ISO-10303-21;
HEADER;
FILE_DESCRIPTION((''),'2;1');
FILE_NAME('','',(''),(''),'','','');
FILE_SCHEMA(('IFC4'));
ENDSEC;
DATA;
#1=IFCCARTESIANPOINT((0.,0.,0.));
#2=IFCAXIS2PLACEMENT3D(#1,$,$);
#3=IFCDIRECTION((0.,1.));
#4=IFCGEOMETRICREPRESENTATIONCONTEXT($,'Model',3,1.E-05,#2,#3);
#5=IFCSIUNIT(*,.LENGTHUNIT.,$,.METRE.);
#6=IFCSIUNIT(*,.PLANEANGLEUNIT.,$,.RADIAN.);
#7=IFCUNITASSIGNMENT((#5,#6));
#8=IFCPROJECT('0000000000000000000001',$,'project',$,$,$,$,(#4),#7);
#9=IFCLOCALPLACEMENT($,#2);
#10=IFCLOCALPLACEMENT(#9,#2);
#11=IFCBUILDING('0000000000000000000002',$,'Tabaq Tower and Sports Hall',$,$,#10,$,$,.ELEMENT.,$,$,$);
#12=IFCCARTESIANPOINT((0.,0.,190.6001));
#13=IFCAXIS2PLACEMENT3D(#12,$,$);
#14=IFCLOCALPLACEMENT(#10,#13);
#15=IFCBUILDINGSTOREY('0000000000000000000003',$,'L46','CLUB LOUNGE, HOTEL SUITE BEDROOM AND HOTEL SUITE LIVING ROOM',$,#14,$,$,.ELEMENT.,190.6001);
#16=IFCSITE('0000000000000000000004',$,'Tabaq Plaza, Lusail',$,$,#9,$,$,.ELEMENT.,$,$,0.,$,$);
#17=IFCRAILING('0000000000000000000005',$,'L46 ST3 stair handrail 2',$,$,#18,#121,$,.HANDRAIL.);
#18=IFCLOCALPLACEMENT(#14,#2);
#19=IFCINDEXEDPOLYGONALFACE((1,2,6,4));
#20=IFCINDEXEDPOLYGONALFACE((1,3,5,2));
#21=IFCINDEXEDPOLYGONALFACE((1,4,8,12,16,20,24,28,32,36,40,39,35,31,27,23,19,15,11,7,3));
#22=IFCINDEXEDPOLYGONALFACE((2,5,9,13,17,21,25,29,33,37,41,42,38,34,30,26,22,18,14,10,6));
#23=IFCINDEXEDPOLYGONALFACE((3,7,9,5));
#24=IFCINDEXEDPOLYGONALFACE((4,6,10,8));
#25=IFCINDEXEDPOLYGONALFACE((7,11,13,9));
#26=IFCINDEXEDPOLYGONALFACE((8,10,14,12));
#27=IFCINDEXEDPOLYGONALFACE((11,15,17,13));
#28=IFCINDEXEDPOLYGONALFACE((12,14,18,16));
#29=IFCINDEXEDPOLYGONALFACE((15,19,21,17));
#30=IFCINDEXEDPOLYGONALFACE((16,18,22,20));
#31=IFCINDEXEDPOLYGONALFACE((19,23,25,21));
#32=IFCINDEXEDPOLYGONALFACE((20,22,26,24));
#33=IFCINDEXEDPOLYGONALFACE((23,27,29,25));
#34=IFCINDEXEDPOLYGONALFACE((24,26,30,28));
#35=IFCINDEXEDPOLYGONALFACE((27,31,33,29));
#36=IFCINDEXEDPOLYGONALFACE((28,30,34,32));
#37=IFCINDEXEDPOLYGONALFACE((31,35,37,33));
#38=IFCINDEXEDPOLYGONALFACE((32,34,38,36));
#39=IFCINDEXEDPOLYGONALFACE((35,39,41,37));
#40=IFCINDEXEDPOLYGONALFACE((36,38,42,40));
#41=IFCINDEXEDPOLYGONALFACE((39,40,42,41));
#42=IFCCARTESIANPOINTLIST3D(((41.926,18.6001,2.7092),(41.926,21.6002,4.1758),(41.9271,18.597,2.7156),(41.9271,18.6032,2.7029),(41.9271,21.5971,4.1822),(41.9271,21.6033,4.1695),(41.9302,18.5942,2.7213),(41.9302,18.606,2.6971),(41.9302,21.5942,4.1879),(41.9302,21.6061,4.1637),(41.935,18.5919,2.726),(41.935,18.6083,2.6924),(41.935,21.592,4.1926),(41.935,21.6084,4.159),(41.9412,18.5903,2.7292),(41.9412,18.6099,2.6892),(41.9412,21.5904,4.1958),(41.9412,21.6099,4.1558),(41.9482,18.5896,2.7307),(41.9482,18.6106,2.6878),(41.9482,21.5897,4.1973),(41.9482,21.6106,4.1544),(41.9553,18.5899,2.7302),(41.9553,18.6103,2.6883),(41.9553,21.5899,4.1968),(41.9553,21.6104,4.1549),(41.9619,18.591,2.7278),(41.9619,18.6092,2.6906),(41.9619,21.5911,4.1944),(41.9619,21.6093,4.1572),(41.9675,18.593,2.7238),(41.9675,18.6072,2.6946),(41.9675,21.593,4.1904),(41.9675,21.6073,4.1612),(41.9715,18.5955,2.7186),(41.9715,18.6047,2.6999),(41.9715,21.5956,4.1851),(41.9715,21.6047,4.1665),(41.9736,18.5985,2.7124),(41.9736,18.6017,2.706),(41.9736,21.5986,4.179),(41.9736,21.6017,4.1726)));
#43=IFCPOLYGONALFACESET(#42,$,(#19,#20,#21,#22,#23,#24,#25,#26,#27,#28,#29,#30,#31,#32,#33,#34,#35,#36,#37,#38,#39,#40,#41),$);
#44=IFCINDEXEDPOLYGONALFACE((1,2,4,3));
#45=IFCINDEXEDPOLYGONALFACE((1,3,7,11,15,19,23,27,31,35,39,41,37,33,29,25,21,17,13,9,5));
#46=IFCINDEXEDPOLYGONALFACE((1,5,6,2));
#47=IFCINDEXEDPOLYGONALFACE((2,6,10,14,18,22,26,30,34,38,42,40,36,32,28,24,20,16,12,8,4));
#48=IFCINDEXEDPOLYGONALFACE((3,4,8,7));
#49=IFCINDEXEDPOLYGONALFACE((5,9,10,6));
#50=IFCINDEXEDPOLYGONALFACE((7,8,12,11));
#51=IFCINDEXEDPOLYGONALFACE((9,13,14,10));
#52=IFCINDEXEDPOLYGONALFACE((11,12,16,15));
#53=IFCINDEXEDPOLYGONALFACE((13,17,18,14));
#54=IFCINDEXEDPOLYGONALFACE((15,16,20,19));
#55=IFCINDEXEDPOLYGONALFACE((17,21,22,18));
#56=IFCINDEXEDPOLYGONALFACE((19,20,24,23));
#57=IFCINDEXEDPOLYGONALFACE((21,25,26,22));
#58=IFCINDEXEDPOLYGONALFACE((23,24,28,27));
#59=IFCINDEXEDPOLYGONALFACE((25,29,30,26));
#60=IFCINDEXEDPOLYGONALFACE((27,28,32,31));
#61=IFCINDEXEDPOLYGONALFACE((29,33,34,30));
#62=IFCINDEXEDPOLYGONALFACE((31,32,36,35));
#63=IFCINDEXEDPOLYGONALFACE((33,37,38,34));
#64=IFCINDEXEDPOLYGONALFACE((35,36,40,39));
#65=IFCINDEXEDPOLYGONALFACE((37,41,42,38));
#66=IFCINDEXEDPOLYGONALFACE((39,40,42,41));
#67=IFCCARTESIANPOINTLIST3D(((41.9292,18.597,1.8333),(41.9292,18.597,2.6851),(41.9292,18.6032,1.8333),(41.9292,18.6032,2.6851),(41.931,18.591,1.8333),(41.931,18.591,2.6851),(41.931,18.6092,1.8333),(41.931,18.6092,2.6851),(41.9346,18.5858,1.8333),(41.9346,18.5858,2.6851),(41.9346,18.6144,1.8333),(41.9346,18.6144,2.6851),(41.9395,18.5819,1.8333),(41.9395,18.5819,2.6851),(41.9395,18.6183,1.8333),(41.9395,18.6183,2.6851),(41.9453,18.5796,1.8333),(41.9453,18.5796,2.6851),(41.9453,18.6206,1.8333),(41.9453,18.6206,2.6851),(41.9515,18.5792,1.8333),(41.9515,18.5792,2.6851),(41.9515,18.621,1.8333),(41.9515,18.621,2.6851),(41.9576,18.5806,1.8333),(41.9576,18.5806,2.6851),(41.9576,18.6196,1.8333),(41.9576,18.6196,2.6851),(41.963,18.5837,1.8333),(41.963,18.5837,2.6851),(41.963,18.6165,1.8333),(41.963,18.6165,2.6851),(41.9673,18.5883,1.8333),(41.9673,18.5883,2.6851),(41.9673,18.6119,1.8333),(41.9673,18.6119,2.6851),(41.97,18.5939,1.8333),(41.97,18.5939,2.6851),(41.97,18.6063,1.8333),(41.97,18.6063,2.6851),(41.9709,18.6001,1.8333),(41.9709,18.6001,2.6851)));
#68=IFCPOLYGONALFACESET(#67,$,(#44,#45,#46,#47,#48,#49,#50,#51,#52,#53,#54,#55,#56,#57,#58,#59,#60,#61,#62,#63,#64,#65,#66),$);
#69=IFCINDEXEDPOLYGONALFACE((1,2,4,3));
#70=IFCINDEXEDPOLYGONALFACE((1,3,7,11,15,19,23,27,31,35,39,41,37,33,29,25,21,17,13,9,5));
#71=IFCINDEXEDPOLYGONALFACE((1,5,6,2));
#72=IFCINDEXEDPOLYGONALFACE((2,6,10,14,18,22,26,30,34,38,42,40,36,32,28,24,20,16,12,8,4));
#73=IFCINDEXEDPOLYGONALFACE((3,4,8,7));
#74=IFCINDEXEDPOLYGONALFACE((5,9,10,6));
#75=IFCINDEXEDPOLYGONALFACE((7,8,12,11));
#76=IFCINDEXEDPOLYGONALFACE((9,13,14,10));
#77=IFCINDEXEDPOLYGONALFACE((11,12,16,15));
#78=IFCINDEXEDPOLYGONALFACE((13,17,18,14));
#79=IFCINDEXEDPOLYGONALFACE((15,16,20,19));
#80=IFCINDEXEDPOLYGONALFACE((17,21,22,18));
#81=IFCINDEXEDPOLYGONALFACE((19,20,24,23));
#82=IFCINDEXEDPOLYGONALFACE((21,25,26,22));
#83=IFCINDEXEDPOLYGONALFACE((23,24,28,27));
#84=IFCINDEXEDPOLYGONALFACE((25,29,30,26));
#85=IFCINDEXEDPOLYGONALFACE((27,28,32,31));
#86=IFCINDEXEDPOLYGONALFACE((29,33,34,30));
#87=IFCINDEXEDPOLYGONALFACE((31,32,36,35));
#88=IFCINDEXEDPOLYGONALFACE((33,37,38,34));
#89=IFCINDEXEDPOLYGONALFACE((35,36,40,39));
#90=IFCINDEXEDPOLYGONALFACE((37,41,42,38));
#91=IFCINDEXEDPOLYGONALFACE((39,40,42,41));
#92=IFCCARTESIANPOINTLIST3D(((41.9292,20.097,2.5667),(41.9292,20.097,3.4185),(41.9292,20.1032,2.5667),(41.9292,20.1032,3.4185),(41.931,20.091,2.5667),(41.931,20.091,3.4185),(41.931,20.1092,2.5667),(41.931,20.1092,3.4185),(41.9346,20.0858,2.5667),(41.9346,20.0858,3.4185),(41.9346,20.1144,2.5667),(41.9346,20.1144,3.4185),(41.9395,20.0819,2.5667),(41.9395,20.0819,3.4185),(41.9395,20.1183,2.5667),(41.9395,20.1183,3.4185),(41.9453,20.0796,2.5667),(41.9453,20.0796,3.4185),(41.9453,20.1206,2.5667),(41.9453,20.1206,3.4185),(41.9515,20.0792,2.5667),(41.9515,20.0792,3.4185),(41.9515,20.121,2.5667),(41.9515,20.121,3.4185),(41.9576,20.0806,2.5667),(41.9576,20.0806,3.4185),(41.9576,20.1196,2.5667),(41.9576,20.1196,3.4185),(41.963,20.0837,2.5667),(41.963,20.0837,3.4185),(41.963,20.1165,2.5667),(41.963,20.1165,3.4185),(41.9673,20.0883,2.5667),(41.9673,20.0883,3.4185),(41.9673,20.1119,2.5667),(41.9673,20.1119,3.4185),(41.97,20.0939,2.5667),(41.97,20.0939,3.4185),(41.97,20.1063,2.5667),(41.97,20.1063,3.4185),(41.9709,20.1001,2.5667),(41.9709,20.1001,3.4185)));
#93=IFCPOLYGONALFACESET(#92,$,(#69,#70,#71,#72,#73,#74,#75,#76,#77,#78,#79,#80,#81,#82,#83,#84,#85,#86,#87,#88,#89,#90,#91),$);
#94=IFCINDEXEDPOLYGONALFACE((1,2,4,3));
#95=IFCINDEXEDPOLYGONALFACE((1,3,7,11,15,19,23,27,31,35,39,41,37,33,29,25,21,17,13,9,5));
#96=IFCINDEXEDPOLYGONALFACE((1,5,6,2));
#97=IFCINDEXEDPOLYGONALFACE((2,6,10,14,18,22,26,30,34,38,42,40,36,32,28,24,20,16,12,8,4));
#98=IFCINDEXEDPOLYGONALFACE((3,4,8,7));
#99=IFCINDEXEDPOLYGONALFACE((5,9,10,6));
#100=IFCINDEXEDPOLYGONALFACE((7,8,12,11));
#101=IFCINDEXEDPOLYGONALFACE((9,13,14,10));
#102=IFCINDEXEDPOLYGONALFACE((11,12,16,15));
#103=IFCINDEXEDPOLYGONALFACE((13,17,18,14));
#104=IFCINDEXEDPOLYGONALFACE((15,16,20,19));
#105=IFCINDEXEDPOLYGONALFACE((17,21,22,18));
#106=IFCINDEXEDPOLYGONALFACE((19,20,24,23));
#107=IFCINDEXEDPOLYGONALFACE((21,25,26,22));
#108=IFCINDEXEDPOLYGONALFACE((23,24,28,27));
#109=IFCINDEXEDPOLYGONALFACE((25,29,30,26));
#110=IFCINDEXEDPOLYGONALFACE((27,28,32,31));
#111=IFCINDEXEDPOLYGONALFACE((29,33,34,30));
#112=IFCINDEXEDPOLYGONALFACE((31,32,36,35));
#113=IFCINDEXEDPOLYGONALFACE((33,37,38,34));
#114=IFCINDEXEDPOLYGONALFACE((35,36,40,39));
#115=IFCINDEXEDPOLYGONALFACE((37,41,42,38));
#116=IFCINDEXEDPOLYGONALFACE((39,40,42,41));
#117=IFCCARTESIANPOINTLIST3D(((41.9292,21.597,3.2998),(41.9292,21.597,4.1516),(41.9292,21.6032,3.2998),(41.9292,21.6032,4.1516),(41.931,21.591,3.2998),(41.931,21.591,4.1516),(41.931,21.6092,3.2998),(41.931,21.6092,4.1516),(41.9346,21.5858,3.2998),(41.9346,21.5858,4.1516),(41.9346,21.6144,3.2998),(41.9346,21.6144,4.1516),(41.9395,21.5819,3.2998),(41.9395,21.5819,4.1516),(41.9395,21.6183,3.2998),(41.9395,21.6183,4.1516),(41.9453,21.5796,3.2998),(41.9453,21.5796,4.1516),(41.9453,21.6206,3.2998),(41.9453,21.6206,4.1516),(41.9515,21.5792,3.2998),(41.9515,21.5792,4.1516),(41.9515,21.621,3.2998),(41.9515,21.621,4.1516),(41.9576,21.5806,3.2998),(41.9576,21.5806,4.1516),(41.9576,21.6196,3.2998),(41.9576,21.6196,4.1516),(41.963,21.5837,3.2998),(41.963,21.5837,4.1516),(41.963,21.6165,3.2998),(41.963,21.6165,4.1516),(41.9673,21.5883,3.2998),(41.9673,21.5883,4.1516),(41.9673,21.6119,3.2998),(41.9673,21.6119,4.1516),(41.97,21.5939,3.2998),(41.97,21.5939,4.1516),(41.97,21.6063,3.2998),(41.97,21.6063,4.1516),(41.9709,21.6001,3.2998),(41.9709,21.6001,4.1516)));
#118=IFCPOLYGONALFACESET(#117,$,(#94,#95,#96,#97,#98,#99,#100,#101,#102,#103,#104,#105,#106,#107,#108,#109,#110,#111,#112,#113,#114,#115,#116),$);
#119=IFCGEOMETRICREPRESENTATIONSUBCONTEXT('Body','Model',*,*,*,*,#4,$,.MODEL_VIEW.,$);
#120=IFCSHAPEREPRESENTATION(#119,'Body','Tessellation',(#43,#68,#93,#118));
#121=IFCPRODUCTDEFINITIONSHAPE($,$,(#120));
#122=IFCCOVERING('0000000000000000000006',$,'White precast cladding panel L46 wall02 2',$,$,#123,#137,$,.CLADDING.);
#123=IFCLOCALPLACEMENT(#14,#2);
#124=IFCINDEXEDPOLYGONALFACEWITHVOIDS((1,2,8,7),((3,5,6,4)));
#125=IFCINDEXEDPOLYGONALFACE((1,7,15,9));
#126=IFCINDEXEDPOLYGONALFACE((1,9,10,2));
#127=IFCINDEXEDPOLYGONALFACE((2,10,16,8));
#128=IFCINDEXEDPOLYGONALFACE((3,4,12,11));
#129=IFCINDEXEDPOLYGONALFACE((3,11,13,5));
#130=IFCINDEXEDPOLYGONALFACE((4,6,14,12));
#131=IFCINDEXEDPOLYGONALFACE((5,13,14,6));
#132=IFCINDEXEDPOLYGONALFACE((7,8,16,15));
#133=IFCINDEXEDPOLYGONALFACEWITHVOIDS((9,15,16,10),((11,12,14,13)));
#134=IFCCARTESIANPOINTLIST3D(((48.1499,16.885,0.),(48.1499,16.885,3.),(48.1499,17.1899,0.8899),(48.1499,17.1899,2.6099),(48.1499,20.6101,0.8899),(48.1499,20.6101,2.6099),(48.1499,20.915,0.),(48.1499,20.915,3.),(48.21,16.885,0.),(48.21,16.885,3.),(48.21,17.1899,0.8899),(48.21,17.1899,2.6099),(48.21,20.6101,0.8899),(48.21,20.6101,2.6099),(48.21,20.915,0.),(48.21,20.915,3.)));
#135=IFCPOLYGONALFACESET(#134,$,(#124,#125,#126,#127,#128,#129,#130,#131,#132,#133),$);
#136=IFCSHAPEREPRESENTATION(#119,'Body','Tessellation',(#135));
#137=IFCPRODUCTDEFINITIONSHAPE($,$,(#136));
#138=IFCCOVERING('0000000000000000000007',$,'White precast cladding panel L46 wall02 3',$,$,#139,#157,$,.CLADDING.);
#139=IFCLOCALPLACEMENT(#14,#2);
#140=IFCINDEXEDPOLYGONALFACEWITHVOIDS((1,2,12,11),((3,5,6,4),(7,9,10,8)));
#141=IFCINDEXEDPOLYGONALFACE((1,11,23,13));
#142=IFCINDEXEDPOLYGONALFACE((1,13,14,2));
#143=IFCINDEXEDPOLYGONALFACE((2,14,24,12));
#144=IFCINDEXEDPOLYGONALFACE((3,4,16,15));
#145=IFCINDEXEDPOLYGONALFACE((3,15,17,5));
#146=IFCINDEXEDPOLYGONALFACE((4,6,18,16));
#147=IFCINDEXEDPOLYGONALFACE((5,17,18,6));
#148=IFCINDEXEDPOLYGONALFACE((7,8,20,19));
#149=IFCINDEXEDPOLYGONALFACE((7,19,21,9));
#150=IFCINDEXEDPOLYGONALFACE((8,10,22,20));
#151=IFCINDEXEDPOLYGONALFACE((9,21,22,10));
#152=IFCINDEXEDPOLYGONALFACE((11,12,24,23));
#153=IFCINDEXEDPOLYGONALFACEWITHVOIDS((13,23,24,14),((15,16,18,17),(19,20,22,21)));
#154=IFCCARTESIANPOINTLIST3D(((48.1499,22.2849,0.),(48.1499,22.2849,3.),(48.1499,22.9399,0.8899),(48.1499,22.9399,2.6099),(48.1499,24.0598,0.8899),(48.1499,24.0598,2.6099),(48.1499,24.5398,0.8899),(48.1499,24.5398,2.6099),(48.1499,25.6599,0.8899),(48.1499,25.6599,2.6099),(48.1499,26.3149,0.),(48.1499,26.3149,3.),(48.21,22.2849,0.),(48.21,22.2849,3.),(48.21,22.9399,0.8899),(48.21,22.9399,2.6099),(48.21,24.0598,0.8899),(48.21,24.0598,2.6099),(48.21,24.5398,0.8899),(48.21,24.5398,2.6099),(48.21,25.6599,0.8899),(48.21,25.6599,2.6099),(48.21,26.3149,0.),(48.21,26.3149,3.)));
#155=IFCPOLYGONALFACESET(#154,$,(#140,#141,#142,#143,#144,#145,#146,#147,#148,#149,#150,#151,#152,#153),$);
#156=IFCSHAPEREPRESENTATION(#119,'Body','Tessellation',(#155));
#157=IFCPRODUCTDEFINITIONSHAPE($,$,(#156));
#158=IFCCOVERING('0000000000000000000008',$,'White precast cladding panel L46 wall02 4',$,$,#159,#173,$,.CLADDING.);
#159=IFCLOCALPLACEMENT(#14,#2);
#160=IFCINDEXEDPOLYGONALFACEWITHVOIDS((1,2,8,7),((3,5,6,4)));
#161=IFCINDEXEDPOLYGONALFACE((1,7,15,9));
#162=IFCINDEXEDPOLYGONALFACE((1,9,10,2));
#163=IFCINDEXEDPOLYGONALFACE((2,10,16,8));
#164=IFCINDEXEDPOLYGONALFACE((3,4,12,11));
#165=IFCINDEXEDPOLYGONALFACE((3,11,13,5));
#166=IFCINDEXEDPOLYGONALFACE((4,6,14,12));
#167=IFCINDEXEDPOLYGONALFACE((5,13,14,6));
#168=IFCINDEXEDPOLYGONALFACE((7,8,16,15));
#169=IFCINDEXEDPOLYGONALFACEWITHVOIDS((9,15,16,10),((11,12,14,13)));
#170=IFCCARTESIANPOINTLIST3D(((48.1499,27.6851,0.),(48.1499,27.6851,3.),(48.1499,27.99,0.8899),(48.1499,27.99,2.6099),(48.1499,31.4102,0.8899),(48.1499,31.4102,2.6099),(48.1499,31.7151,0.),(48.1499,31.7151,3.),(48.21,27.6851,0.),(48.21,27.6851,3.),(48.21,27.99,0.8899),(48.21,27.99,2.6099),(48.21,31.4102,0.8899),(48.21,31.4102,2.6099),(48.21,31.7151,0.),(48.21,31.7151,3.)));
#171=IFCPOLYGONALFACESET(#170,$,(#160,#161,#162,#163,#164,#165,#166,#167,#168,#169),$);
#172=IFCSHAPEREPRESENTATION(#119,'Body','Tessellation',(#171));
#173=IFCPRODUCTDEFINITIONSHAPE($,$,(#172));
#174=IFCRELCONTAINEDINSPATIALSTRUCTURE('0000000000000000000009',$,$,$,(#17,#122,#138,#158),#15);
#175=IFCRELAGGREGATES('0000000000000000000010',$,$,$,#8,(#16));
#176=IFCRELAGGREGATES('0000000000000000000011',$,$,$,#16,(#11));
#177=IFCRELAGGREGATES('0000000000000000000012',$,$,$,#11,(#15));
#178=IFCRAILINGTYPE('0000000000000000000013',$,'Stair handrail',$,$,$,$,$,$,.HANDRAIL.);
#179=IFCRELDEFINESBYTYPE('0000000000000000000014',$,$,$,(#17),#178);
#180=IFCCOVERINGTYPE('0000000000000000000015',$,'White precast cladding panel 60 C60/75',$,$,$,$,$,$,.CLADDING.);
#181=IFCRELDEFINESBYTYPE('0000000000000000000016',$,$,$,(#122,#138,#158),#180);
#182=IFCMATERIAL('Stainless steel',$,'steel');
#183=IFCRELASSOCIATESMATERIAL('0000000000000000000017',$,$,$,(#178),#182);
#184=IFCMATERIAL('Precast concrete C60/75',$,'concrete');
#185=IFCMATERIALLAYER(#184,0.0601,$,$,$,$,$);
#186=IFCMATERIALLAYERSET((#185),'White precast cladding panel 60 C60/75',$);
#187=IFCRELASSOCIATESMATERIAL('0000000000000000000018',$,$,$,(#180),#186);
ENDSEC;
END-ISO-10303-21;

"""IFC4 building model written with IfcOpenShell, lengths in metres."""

from ifc_helpers import new_model, si_unit, direction, frame, origin, origin_2d, place, context, subcontext, project, spatial, polyline, circle, outline, extrude, material, layer, layer_set, type_object, element, save


model = new_model("IFC4")

# Units and contexts
model_context = context("Model", 3, precision=1e-05, world=origin(), true_north=direction((0.0, 1.0)))
body_context = subcontext(model_context, "Body", "Model", "MODEL_VIEW")
ifc_project = project(units=[si_unit("LENGTHUNIT", "METRE"), si_unit("PLANEANGLEUNIT", "RADIAN")], contexts=[model_context])

# Site, building, storey
site_placement = place(None, origin())
site = spatial("IfcSite", under=ifc_project, at=site_placement, Name="Tabaq Plaza, Lusail", CompositionType="ELEMENT", RefElevation=0.0)
building_placement = place(site_placement, origin())
building = spatial("IfcBuilding", under=site, at=building_placement, Name="Tabaq Tower and Sports Hall", CompositionType="ELEMENT")
storey_placement = place(building_placement, frame((0.0, 0.0, 190.6001)))
storey = spatial("IfcBuildingStorey", under=building, at=storey_placement, Name="L46", Description="CLUB LOUNGE, HOTEL SUITE BEDROOM AND HOTEL SUITE LIVING ROOM", CompositionType="ELEMENT", Elevation=190.6001)

# Railing
ifc_material_1 = material(Name="Stainless steel", Category="steel")
railing_type_1 = type_object("IfcRailingType", Name="Stair handrail", PredefinedType="HANDRAIL", material=ifc_material_1)
railing_1_placement = place(storey_placement, frame((41.95, 18.6001, 1.8333)))
element("IfcRailing", 1, at=railing_1_placement, inside=storey, type_object=railing_type_1, Name="L46 ST3 stair handrail 2", PredefinedType="HANDRAIL", context=body_context, shape_type="SweptSolid", body=[
    extrude(circle(Radius=0.0239, at=origin_2d()), frame((0.0, 0.0, 0.876), z_axis=(0.0, 0.898398, 0.439183), x_axis=(-1.0, 0.0, 0.0)), (0.0, 0.0, 1.0), 3.3394),
    extrude(circle(Radius=0.021, at=origin_2d()), origin(), (0.0, 0.0, 1.0), 0.8518),
    extrude(circle(Radius=0.021, at=origin_2d()), frame((0.0, 1.5, 0.7334)), (0.0, 0.0, 1.0), 0.8518),
    extrude(circle(Radius=0.021, at=origin_2d()), frame((0.0, 3.0, 1.4666)), (0.0, 0.0, 1.0), 0.8518),
])

# Coverings
ifc_material_2 = material(Name="Precast concrete C60/75", Category="concrete")
ifc_layer_1 = layer(ifc_material_2, 0.0601)
ifc_layer_set_1 = layer_set([ifc_layer_1], Name="White precast cladding panel 60 C60/75")
covering_type_1 = type_object("IfcCoveringType", Name="White precast cladding panel 60 C60/75", PredefinedType="CLADDING", material=ifc_layer_set_1)
covering_1_placement = place(storey_placement, frame((48.1799, 16.885, 0.0), z_axis=(0.0, 0.0, 1.0), x_axis=(0.0, 1.0, 0.0)))
element("IfcCovering", 2, at=covering_1_placement, inside=storey, type_object=covering_type_1, Name="White precast cladding panel L46 wall02 2", PredefinedType="CLADDING", context=body_context, shape_type="SweptSolid", body=[
    extrude(outline(polyline([(0.0, 0.0), (4.03, 0.0), (4.03, 3.0), (0.0, 3.0), (0.0, 0.0)]), holes=[polyline([(0.3049, 0.8899), (0.3049, 2.6099), (3.7251, 2.6099), (3.7251, 0.8899), (0.3049, 0.8899)])]), frame((0.0, 0.03, 0.0), z_axis=(0.0, -1.0, 0.0), x_axis=(1.0, 0.0, 0.0)), (0.0, 0.0, 1.0), 0.0601),
])
covering_2_placement = place(storey_placement, frame((48.1799, 22.2849, 0.0), z_axis=(0.0, 0.0, 1.0), x_axis=(0.0, 1.0, 0.0)))
element("IfcCovering", 3, at=covering_2_placement, inside=storey, type_object=covering_type_1, Name="White precast cladding panel L46 wall02 3", PredefinedType="CLADDING", context=body_context, shape_type="SweptSolid", body=[
    extrude(outline(polyline([(0.0, 0.0), (4.03, 0.0), (4.03, 3.0), (0.0, 3.0), (0.0, 0.0)]), holes=[polyline([(0.655, 2.6099), (1.7749, 2.6099), (1.7749, 0.8899), (0.655, 0.8899), (0.655, 2.6099)]), polyline([(2.2549, 2.6099), (3.375, 2.6099), (3.375, 0.8899), (2.2549, 0.8899), (2.2549, 2.6099)])]), frame((0.0, 0.03, 0.0), z_axis=(0.0, -1.0, 0.0), x_axis=(1.0, 0.0, 0.0)), (0.0, 0.0, 1.0), 0.0601),
])
covering_3_placement = place(storey_placement, frame((48.1799, 27.6851, 0.0), z_axis=(0.0, 0.0, 1.0), x_axis=(0.0, 1.0, 0.0)))
element("IfcCovering", 4, at=covering_3_placement, inside=storey, type_object=covering_type_1, Name="White precast cladding panel L46 wall02 4", PredefinedType="CLADDING", context=body_context, shape_type="SweptSolid", body=[
    extrude(outline(polyline([(0.0, 0.0), (4.03, 0.0), (4.03, 3.0), (0.0, 3.0), (0.0, 0.0)]), holes=[polyline([(0.3049, 0.8899), (0.3049, 2.6099), (3.7251, 2.6099), (3.7251, 0.8899), (0.3049, 0.8899)])]), frame((0.0, 0.03, 0.0), z_axis=(0.0, -1.0, 0.0), x_axis=(1.0, 0.0, 0.0)), (0.0, 0.0, 1.0), 0.0601),
])

save(model, "model.ifc")
